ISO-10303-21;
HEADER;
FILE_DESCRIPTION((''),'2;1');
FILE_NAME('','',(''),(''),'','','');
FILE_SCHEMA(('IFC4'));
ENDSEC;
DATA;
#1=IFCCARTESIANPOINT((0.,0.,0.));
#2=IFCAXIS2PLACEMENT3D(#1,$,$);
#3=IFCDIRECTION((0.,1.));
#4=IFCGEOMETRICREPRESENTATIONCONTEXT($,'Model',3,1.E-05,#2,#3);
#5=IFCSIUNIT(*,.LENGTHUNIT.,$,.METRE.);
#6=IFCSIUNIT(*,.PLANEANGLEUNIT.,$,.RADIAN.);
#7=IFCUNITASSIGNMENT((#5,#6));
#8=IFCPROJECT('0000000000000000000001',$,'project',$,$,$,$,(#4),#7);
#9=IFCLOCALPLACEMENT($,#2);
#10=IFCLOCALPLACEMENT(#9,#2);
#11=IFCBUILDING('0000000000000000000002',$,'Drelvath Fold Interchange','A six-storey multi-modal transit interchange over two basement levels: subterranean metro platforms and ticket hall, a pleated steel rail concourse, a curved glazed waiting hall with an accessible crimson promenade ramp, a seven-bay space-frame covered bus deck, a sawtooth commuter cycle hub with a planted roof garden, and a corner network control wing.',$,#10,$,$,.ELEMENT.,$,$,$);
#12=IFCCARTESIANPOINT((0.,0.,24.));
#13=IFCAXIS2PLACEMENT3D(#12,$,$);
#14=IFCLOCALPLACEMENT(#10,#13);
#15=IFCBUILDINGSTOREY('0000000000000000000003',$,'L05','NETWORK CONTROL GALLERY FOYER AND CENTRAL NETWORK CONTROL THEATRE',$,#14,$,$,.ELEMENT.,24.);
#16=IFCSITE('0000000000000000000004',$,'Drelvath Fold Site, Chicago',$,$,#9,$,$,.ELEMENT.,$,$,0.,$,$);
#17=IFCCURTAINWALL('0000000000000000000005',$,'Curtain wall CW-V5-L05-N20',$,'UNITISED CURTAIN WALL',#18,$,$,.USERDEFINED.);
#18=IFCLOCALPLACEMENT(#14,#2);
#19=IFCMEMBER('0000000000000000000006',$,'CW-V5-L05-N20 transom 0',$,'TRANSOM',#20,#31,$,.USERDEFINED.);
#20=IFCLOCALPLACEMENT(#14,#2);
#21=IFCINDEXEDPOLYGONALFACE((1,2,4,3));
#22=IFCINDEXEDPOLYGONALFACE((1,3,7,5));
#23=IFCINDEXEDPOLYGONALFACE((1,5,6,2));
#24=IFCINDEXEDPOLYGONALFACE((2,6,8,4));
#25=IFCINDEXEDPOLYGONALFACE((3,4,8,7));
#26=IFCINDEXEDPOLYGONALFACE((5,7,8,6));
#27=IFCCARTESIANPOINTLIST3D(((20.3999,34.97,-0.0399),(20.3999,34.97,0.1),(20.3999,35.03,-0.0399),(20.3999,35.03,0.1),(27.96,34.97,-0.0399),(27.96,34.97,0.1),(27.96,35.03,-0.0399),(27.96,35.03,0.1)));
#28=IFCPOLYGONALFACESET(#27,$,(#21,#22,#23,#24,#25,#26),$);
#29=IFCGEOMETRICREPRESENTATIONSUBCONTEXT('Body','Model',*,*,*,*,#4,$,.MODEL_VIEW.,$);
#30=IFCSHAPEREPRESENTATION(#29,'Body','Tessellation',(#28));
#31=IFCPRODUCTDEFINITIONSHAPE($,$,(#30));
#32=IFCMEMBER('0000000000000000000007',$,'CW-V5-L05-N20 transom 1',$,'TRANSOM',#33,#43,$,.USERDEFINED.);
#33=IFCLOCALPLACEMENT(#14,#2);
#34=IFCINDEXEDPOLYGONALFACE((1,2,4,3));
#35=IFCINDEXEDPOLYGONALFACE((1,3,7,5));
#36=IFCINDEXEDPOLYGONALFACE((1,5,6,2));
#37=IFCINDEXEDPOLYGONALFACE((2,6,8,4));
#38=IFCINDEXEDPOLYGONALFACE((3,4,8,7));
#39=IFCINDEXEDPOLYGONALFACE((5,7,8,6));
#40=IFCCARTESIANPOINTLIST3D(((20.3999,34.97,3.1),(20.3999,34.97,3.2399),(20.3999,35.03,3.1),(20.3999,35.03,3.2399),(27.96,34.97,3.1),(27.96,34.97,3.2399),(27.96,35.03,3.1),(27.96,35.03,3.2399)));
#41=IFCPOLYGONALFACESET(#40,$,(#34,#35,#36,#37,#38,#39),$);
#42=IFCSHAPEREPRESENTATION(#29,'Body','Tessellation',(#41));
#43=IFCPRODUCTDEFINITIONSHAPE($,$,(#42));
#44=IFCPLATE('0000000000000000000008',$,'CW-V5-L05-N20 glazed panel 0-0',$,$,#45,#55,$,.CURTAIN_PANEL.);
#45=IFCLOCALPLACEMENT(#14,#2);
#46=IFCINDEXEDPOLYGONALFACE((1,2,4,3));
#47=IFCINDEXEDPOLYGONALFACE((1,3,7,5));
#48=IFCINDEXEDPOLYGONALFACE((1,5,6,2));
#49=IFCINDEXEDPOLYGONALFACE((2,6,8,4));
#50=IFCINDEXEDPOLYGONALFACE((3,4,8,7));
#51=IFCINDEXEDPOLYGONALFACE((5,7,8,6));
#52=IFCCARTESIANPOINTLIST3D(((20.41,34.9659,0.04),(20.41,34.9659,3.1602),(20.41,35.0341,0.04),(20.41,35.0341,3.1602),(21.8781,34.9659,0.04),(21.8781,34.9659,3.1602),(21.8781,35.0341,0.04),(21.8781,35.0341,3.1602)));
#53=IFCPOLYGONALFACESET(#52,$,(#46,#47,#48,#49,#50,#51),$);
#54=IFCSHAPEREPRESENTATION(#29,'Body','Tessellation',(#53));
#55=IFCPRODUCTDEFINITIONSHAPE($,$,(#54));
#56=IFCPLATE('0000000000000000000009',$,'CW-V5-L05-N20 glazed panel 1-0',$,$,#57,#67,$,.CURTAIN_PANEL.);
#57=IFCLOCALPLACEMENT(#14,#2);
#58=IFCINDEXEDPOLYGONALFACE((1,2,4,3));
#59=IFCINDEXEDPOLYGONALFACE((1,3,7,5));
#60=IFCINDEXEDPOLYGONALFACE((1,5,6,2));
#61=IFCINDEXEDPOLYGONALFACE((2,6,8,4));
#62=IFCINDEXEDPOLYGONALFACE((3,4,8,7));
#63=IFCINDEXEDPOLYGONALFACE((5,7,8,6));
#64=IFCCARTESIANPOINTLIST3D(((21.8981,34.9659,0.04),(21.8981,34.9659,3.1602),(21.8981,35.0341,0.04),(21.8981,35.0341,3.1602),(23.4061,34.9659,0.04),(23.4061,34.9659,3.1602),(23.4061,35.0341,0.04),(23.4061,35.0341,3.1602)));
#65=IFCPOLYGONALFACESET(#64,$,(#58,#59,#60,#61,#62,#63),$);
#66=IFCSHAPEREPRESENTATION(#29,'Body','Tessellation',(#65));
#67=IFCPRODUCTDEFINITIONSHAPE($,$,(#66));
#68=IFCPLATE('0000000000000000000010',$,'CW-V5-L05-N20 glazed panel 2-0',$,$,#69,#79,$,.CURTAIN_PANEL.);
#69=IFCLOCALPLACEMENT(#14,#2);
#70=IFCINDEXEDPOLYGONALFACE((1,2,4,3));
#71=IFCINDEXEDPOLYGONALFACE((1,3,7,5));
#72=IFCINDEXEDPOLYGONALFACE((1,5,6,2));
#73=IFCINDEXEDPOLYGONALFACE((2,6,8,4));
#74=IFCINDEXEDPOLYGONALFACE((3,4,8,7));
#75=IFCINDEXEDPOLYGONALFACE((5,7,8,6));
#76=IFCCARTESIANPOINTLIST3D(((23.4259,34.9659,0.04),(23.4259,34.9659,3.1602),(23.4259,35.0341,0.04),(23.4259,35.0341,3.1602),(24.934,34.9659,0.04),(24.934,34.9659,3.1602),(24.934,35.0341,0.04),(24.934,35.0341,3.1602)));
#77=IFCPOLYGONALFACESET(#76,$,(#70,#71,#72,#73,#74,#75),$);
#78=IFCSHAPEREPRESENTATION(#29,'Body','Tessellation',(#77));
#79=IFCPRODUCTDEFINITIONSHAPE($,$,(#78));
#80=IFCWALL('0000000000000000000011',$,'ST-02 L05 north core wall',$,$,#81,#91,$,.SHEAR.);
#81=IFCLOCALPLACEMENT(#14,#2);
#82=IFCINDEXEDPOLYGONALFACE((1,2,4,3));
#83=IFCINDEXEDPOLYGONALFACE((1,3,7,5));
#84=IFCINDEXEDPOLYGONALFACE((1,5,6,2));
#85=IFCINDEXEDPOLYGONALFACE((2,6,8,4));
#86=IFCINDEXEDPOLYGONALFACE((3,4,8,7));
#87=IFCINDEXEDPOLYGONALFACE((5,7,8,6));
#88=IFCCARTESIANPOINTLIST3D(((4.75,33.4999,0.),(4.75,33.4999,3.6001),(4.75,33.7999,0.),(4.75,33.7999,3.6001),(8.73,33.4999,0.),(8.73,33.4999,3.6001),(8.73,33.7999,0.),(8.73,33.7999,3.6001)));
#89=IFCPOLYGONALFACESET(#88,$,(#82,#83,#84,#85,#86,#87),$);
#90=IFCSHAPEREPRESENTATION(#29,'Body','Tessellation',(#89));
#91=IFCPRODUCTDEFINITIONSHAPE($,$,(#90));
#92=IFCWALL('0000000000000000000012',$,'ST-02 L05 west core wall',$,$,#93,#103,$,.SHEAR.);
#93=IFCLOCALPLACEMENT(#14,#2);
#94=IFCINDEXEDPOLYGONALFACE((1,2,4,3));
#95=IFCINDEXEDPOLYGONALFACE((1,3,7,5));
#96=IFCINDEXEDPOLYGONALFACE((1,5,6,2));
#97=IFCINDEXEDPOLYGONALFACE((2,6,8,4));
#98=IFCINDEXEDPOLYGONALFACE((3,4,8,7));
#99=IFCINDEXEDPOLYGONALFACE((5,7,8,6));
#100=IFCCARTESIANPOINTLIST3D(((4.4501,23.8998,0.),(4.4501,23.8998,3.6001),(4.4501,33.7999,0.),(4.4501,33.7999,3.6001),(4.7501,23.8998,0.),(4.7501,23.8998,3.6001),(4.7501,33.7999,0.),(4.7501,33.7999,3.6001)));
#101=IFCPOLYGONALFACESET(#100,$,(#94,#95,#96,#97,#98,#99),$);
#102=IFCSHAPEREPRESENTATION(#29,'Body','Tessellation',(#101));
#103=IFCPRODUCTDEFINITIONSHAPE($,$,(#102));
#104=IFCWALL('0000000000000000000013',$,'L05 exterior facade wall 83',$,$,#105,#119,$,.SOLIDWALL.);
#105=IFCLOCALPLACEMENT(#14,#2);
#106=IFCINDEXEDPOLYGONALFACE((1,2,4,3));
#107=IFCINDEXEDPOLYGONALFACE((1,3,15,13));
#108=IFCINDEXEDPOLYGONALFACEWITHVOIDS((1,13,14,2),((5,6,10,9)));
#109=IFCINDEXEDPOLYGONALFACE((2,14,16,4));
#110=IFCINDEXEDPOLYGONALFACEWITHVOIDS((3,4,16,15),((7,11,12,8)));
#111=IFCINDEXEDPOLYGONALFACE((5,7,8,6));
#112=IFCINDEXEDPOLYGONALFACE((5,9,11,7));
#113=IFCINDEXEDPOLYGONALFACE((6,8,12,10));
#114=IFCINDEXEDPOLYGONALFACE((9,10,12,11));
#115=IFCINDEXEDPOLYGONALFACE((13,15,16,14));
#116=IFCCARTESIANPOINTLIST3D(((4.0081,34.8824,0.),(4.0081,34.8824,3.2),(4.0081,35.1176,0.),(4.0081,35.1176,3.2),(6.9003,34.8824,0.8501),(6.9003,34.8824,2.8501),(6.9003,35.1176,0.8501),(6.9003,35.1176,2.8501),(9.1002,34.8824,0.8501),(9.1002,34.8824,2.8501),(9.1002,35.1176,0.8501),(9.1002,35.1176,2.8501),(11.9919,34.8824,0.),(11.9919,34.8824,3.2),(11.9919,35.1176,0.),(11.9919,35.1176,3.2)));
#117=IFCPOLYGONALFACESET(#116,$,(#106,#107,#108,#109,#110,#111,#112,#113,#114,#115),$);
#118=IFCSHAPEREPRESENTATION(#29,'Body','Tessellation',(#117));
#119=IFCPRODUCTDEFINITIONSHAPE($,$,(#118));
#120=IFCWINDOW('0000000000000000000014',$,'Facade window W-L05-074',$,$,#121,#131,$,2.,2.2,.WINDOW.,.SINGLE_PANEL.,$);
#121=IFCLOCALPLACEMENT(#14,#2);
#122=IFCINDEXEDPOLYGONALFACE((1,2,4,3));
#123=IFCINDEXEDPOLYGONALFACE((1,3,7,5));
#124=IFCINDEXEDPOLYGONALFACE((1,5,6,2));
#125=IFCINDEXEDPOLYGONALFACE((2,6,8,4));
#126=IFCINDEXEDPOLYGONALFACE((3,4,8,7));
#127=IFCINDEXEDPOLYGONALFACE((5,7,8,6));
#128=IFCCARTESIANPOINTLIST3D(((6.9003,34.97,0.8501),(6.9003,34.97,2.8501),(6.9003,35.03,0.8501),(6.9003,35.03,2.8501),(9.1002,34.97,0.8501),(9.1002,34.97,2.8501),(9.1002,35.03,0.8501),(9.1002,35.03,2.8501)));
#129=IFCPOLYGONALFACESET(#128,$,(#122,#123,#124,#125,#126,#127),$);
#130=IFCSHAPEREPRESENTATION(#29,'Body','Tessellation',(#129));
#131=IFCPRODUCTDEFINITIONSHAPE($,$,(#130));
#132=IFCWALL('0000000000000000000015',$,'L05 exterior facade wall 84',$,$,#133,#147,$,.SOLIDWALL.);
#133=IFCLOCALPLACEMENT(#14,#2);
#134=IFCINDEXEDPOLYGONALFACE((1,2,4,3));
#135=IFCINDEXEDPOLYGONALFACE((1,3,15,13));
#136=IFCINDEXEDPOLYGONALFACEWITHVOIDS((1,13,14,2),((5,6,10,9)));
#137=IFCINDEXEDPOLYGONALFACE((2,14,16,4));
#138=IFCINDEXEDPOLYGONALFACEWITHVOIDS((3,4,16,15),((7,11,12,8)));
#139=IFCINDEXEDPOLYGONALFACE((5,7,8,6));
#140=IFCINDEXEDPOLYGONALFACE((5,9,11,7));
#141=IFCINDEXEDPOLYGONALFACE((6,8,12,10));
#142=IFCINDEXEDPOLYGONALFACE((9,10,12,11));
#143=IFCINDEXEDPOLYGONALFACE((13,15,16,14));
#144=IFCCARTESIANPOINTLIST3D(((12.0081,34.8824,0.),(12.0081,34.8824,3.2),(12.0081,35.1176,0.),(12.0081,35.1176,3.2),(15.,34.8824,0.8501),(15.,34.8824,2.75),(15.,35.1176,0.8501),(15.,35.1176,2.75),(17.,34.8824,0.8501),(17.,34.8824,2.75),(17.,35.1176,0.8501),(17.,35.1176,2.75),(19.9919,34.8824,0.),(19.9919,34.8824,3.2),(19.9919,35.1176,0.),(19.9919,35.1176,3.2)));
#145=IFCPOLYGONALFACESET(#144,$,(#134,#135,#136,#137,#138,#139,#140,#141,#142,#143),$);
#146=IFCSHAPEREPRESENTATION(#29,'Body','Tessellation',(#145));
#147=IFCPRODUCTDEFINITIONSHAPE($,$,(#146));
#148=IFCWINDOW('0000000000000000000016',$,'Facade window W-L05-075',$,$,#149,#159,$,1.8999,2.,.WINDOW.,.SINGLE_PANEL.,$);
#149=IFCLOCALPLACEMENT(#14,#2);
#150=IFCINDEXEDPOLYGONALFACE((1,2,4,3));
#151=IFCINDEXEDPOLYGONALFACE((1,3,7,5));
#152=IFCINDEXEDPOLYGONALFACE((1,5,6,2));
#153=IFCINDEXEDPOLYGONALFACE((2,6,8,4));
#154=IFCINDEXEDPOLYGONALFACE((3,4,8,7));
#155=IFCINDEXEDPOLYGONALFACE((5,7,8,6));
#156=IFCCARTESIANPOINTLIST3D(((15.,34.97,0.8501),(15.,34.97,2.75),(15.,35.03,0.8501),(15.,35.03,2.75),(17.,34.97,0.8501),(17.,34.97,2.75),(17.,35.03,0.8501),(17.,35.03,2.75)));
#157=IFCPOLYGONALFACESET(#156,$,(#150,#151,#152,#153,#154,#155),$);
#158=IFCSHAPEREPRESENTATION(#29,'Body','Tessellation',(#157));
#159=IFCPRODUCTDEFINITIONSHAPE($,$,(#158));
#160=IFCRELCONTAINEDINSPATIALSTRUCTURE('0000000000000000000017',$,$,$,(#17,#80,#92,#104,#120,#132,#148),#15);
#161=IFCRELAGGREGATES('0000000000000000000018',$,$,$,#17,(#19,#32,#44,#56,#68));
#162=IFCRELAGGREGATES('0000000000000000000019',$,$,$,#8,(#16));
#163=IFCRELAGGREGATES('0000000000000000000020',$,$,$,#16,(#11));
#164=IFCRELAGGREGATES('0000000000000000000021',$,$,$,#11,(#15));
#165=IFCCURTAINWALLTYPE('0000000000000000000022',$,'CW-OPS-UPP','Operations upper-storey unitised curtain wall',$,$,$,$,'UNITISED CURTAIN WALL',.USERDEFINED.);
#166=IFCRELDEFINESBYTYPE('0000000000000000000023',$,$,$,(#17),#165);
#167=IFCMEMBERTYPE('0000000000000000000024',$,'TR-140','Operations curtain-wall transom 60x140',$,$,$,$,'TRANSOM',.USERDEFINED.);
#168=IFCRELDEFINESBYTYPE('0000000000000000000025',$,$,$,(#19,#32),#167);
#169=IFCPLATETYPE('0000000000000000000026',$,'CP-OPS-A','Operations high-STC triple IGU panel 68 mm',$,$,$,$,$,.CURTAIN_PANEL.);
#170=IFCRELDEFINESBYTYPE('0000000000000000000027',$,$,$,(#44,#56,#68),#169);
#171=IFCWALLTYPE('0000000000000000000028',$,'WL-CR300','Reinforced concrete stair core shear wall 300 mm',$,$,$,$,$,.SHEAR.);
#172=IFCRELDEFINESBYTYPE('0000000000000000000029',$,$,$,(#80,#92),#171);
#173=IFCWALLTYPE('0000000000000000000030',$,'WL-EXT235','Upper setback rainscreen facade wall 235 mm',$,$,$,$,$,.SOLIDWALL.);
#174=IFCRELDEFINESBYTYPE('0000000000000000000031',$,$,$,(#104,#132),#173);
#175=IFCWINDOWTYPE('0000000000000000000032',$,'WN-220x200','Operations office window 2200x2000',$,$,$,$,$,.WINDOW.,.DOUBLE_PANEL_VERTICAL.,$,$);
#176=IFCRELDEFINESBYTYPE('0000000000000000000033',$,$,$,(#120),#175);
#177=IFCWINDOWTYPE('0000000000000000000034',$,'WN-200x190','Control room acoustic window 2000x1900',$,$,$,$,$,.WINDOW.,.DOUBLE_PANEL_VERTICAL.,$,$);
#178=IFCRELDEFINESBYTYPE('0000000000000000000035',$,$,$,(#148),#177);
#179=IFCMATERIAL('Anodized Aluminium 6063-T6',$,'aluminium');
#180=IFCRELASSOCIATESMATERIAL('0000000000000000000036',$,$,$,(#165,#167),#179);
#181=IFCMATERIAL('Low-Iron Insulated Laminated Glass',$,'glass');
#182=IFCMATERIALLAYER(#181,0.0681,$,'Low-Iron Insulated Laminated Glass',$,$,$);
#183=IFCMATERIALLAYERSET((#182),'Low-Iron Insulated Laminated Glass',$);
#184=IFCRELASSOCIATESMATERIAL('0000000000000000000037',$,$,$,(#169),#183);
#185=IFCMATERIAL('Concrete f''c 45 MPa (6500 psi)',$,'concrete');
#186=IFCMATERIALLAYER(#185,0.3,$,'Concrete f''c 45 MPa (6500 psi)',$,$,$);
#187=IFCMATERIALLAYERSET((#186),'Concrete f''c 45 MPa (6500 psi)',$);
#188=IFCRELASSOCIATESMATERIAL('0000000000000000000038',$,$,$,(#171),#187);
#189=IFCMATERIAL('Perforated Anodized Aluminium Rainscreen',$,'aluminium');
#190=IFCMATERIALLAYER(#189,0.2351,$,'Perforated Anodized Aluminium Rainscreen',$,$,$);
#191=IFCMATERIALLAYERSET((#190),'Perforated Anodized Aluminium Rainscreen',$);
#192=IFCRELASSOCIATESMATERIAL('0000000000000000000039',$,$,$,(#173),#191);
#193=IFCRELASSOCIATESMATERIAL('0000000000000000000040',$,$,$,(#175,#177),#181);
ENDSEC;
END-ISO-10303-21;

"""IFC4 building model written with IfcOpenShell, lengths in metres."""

from ifc_helpers import new_model, si_unit, direction, frame, frame_2d, origin, origin_2d, place, context, subcontext, project, spatial, rectangle, extrude, material, layer, layer_set, material_profile, profile_set, type_object, element, fill, aggregate, save


model = new_model("IFC4")

# Units and contexts
model_context = context("Model", 3, precision=1e-05, world=origin(), true_north=direction((0.0, 1.0)))
body_context = subcontext(model_context, "Body", "Model", "MODEL_VIEW")
ifc_project = project(units=[si_unit("LENGTHUNIT", "METRE"), si_unit("PLANEANGLEUNIT", "RADIAN")], contexts=[model_context])

# Site, building, storey
site_placement = place(None, origin())
site = spatial("IfcSite", under=ifc_project, at=site_placement, Name="Drelvath Fold Site, Chicago", CompositionType="ELEMENT", RefElevation=0.0)
building_placement = place(site_placement, origin())
building = spatial("IfcBuilding", under=site, at=building_placement, Name="Drelvath Fold Interchange", Description="A six-storey multi-modal transit interchange over two basement levels: subterranean metro platforms and ticket hall, a pleated steel rail concourse, a curved glazed waiting hall with an accessible crimson promenade ramp, a seven-bay space-frame covered bus deck, a sawtooth commuter cycle hub with a planted roof garden, and a corner network control wing.", CompositionType="ELEMENT")
storey_placement = place(building_placement, frame((0.0, 0.0, 24.0)))
storey = spatial("IfcBuildingStorey", under=building, at=storey_placement, Name="L05", Description="NETWORK CONTROL GALLERY FOYER AND CENTRAL NETWORK CONTROL THEATRE", CompositionType="ELEMENT", Elevation=24.0)

# Curtain wall, members, plates
ifc_material_1 = material(Name="Anodized Aluminium 6063-T6", Category="aluminium")
curtain_wall_type = type_object("IfcCurtainWallType", Name="CW-OPS-UPP", Description="Operations upper-storey unitised curtain wall", ElementType="UNITISED CURTAIN WALL", PredefinedType="USERDEFINED", material=ifc_material_1)
curtain_wall_placement = place(storey_placement, origin())
curtain_wall = element("IfcCurtainWall", 1, at=curtain_wall_placement, inside=storey, type_object=curtain_wall_type, Name="Curtain wall CW-V5-L05-N20", ObjectType="UNITISED CURTAIN WALL", PredefinedType="USERDEFINED")
ifc_material_profile_1 = material_profile(ifc_material_1, rectangle(XDim=0.0601, YDim=0.1399, at=origin_2d()), Name="AL-T 60x140")
ifc_profile_set_1 = profile_set([ifc_material_profile_1], Name="Anodized Aluminium 6063-T6")
member_type_1 = type_object("IfcMemberType", Name="TR-140", Description="Operations curtain-wall transom 60x140", ElementType="TRANSOM", PredefinedType="USERDEFINED", material=ifc_profile_set_1)
member_1_placement = place(storey_placement, frame((20.3999, 35.0, 0.03), z_axis=(1.0, 0.0, 0.0), x_axis=(0.0, 1.0, 0.0)))
member_1 = element("IfcMember", 2, at=member_1_placement, type_object=member_type_1, Name="CW-V5-L05-N20 transom 0", ObjectType="TRANSOM", PredefinedType="USERDEFINED", context=body_context, shape_type="SweptSolid", body=[
    extrude(rectangle(XDim=0.0601, YDim=0.1399, at=origin_2d()), origin(), (0.0, 0.0, 1.0), 7.5601),
])
member_2_placement = place(storey_placement, frame((20.3999, 35.0, 3.1699), z_axis=(1.0, 0.0, 0.0), x_axis=(0.0, 1.0, 0.0)))
member_2 = element("IfcMember", 3, at=member_2_placement, type_object=member_type_1, Name="CW-V5-L05-N20 transom 1", ObjectType="TRANSOM", PredefinedType="USERDEFINED", context=body_context, shape_type="SweptSolid", body=[
    extrude(rectangle(XDim=0.0601, YDim=0.1399, at=origin_2d()), origin(), (0.0, 0.0, 1.0), 7.5601),
])
ifc_material_2 = material(Name="Low-Iron Insulated Laminated Glass", Category="glass")
ifc_layer_1 = layer(ifc_material_2, 0.0681, Name="Low-Iron Insulated Laminated Glass")
ifc_layer_set_1 = layer_set([ifc_layer_1], Name="Low-Iron Insulated Laminated Glass")
plate_type = type_object("IfcPlateType", Name="CP-OPS-A", Description="Operations high-STC triple IGU panel 68 mm", PredefinedType="CURTAIN_PANEL", material=ifc_layer_set_1)
plate_1_placement = place(storey_placement, frame((21.144, 35.0, 0.04), z_axis=(0.0, 0.0, 1.0), x_axis=(1.0, 0.0, 0.0)))
plate_1 = element("IfcPlate", 4, at=plate_1_placement, type_object=plate_type, Name="CW-V5-L05-N20 glazed panel 0-0", PredefinedType="CURTAIN_PANEL", context=body_context, shape_type="SweptSolid", body=[
    extrude(rectangle(XDim=1.468, YDim=0.0681, at=origin_2d()), origin(), (0.0, 0.0, 1.0), 3.1201),
])
plate_2_placement = place(storey_placement, frame((22.6521, 35.0, 0.04), z_axis=(0.0, 0.0, 1.0), x_axis=(1.0, 0.0, 0.0)))
plate_2 = element("IfcPlate", 5, at=plate_2_placement, type_object=plate_type, Name="CW-V5-L05-N20 glazed panel 1-0", PredefinedType="CURTAIN_PANEL", context=body_context, shape_type="SweptSolid", body=[
    extrude(rectangle(XDim=1.5081, YDim=0.0681, at=origin_2d()), origin(), (0.0, 0.0, 1.0), 3.1201),
])
plate_3_placement = place(storey_placement, frame((24.1799, 35.0, 0.04), z_axis=(0.0, 0.0, 1.0), x_axis=(1.0, 0.0, 0.0)))
plate_3 = element("IfcPlate", 6, at=plate_3_placement, type_object=plate_type, Name="CW-V5-L05-N20 glazed panel 2-0", PredefinedType="CURTAIN_PANEL", context=body_context, shape_type="SweptSolid", body=[
    extrude(rectangle(XDim=1.5081, YDim=0.0681, at=origin_2d()), origin(), (0.0, 0.0, 1.0), 3.1201),
])
aggregate(curtain_wall, [member_1, member_2, plate_1, plate_2, plate_3])

# Walls
ifc_material_3 = material(Name="Concrete f'c 45 MPa (6500 psi)", Category="concrete")
ifc_layer_2 = layer(ifc_material_3, 0.3, Name="Concrete f'c 45 MPa (6500 psi)")
ifc_layer_set_2 = layer_set([ifc_layer_2], Name="Concrete f'c 45 MPa (6500 psi)")
wall_type_1 = type_object("IfcWallType", Name="WL-CR300", Description="Reinforced concrete stair core shear wall 300 mm", PredefinedType="SHEAR", material=ifc_layer_set_2)
wall_1_placement = place(storey_placement, frame((8.73, 33.6499, 0.0), z_axis=(0.0, 0.0, 1.0), x_axis=(-1.0, 0.0, 0.0)))
element("IfcWall", 7, at=wall_1_placement, inside=storey, type_object=wall_type_1, Name="ST-02 L05 north core wall", PredefinedType="SHEAR", context=body_context, shape_type="SweptSolid", body=[
    extrude(rectangle(XDim=3.98, YDim=0.3, at=frame_2d((1.99, 0.0))), origin(), (0.0, 0.0, 1.0), 3.6001),
])
wall_2_placement = place(storey_placement, frame((4.6001, 33.8, 0.0), z_axis=(0.0, 0.0, 1.0), x_axis=(0.0, -1.0, 0.0)))
element("IfcWall", 8, at=wall_2_placement, inside=storey, type_object=wall_type_1, Name="ST-02 L05 west core wall", PredefinedType="SHEAR", context=body_context, shape_type="SweptSolid", body=[
    extrude(rectangle(XDim=9.9001, YDim=0.3, at=frame_2d((4.9502, 0.0))), origin(), (0.0, 0.0, 1.0), 3.6001),
])

# Walls, openings, windows
ifc_material_4 = material(Name="Perforated Anodized Aluminium Rainscreen", Category="aluminium")
ifc_layer_3 = layer(ifc_material_4, 0.2351, Name="Perforated Anodized Aluminium Rainscreen")
ifc_layer_set_3 = layer_set([ifc_layer_3], Name="Perforated Anodized Aluminium Rainscreen")
wall_type_2 = type_object("IfcWallType", Name="WL-EXT235", Description="Upper setback rainscreen facade wall 235 mm", PredefinedType="SOLIDWALL", material=ifc_layer_set_3)
wall_3_placement = place(storey_placement, frame((4.0081, 35.0, 0.0), z_axis=(0.0, 0.0, 1.0), x_axis=(1.0, 0.0, 0.0)))
wall_3 = element("IfcWall", 9, at=wall_3_placement, inside=storey, type_object=wall_type_2, Name="L05 exterior facade wall 83", PredefinedType="SOLIDWALL", context=body_context, shape_type="SweptSolid", body=[
    extrude(rectangle(XDim=7.9839, YDim=0.2351, at=frame_2d((3.9919, 0.0))), origin(), (0.0, 0.0, 1.0), 3.2),
])
opening_1_placement = place(wall_3_placement, frame((2.8921, 0.0, 0.8501)))
opening_1 = element("IfcOpeningElement", 10, at=opening_1_placement, cuts=wall_3, PredefinedType="OPENING", context=body_context, shape_type="SweptSolid", body=[
    extrude(rectangle(XDim=2.2, YDim=2.0, at=frame_2d((1.1001, 1.0))), frame((0.0, 0.1274, 0.0), z_axis=(0.0, -1.0, 0.0), x_axis=(1.0, 0.0, 0.0)), (0.0, 0.0, 1.0), 0.2551),
])
window_type_1 = type_object("IfcWindowType", Name="WN-220x200", Description="Operations office window 2200x2000", PartitioningType="DOUBLE_PANEL_VERTICAL", PredefinedType="WINDOW", material=ifc_material_2)
window_1_placement = place(opening_1_placement, origin())
window_1 = element("IfcWindow", 11, at=window_1_placement, inside=storey, type_object=window_type_1, Name="Facade window W-L05-074", OverallHeight=2.0, OverallWidth=2.2, PartitioningType="SINGLE_PANEL", PredefinedType="WINDOW", context=body_context, shape_type="SweptSolid", body=[
    extrude(rectangle(XDim=2.2, YDim=2.0, at=frame_2d((1.1001, 1.0))), frame((0.0, 0.03, 0.0), z_axis=(0.0, -1.0, 0.0), x_axis=(1.0, 0.0, 0.0)), (0.0, 0.0, 1.0), 0.0601),
])
fill(opening_1, window_1)
wall_4_placement = place(storey_placement, frame((12.0081, 35.0, 0.0), z_axis=(0.0, 0.0, 1.0), x_axis=(1.0, 0.0, 0.0)))
wall_4 = element("IfcWall", 12, at=wall_4_placement, inside=storey, type_object=wall_type_2, Name="L05 exterior facade wall 84", PredefinedType="SOLIDWALL", context=body_context, shape_type="SweptSolid", body=[
    extrude(rectangle(XDim=7.9839, YDim=0.2351, at=frame_2d((3.9919, 0.0))), origin(), (0.0, 0.0, 1.0), 3.2),
])
opening_2_placement = place(wall_4_placement, frame((2.9919, 0.0, 0.8501)))
opening_2 = element("IfcOpeningElement", 13, at=opening_2_placement, cuts=wall_4, PredefinedType="OPENING", context=body_context, shape_type="SweptSolid", body=[
    extrude(rectangle(XDim=2.0, YDim=1.8999, at=frame_2d((1.0, 0.95))), frame((0.0, 0.1274, 0.0), z_axis=(0.0, -1.0, 0.0), x_axis=(1.0, 0.0, 0.0)), (0.0, 0.0, 1.0), 0.2551),
])
window_type_2 = type_object("IfcWindowType", Name="WN-200x190", Description="Control room acoustic window 2000x1900", PartitioningType="DOUBLE_PANEL_VERTICAL", PredefinedType="WINDOW", material=ifc_material_2)
window_2_placement = place(opening_2_placement, origin())
window_2 = element("IfcWindow", 14, at=window_2_placement, inside=storey, type_object=window_type_2, Name="Facade window W-L05-075", OverallHeight=1.8999, OverallWidth=2.0, PartitioningType="SINGLE_PANEL", PredefinedType="WINDOW", context=body_context, shape_type="SweptSolid", body=[
    extrude(rectangle(XDim=2.0, YDim=1.8999, at=frame_2d((1.0, 0.95))), frame((0.0, 0.03, 0.0), z_axis=(0.0, -1.0, 0.0), x_axis=(1.0, 0.0, 0.0)), (0.0, 0.0, 1.0), 0.0601),
])
fill(opening_2, window_2)

save(model, "model.ifc")
